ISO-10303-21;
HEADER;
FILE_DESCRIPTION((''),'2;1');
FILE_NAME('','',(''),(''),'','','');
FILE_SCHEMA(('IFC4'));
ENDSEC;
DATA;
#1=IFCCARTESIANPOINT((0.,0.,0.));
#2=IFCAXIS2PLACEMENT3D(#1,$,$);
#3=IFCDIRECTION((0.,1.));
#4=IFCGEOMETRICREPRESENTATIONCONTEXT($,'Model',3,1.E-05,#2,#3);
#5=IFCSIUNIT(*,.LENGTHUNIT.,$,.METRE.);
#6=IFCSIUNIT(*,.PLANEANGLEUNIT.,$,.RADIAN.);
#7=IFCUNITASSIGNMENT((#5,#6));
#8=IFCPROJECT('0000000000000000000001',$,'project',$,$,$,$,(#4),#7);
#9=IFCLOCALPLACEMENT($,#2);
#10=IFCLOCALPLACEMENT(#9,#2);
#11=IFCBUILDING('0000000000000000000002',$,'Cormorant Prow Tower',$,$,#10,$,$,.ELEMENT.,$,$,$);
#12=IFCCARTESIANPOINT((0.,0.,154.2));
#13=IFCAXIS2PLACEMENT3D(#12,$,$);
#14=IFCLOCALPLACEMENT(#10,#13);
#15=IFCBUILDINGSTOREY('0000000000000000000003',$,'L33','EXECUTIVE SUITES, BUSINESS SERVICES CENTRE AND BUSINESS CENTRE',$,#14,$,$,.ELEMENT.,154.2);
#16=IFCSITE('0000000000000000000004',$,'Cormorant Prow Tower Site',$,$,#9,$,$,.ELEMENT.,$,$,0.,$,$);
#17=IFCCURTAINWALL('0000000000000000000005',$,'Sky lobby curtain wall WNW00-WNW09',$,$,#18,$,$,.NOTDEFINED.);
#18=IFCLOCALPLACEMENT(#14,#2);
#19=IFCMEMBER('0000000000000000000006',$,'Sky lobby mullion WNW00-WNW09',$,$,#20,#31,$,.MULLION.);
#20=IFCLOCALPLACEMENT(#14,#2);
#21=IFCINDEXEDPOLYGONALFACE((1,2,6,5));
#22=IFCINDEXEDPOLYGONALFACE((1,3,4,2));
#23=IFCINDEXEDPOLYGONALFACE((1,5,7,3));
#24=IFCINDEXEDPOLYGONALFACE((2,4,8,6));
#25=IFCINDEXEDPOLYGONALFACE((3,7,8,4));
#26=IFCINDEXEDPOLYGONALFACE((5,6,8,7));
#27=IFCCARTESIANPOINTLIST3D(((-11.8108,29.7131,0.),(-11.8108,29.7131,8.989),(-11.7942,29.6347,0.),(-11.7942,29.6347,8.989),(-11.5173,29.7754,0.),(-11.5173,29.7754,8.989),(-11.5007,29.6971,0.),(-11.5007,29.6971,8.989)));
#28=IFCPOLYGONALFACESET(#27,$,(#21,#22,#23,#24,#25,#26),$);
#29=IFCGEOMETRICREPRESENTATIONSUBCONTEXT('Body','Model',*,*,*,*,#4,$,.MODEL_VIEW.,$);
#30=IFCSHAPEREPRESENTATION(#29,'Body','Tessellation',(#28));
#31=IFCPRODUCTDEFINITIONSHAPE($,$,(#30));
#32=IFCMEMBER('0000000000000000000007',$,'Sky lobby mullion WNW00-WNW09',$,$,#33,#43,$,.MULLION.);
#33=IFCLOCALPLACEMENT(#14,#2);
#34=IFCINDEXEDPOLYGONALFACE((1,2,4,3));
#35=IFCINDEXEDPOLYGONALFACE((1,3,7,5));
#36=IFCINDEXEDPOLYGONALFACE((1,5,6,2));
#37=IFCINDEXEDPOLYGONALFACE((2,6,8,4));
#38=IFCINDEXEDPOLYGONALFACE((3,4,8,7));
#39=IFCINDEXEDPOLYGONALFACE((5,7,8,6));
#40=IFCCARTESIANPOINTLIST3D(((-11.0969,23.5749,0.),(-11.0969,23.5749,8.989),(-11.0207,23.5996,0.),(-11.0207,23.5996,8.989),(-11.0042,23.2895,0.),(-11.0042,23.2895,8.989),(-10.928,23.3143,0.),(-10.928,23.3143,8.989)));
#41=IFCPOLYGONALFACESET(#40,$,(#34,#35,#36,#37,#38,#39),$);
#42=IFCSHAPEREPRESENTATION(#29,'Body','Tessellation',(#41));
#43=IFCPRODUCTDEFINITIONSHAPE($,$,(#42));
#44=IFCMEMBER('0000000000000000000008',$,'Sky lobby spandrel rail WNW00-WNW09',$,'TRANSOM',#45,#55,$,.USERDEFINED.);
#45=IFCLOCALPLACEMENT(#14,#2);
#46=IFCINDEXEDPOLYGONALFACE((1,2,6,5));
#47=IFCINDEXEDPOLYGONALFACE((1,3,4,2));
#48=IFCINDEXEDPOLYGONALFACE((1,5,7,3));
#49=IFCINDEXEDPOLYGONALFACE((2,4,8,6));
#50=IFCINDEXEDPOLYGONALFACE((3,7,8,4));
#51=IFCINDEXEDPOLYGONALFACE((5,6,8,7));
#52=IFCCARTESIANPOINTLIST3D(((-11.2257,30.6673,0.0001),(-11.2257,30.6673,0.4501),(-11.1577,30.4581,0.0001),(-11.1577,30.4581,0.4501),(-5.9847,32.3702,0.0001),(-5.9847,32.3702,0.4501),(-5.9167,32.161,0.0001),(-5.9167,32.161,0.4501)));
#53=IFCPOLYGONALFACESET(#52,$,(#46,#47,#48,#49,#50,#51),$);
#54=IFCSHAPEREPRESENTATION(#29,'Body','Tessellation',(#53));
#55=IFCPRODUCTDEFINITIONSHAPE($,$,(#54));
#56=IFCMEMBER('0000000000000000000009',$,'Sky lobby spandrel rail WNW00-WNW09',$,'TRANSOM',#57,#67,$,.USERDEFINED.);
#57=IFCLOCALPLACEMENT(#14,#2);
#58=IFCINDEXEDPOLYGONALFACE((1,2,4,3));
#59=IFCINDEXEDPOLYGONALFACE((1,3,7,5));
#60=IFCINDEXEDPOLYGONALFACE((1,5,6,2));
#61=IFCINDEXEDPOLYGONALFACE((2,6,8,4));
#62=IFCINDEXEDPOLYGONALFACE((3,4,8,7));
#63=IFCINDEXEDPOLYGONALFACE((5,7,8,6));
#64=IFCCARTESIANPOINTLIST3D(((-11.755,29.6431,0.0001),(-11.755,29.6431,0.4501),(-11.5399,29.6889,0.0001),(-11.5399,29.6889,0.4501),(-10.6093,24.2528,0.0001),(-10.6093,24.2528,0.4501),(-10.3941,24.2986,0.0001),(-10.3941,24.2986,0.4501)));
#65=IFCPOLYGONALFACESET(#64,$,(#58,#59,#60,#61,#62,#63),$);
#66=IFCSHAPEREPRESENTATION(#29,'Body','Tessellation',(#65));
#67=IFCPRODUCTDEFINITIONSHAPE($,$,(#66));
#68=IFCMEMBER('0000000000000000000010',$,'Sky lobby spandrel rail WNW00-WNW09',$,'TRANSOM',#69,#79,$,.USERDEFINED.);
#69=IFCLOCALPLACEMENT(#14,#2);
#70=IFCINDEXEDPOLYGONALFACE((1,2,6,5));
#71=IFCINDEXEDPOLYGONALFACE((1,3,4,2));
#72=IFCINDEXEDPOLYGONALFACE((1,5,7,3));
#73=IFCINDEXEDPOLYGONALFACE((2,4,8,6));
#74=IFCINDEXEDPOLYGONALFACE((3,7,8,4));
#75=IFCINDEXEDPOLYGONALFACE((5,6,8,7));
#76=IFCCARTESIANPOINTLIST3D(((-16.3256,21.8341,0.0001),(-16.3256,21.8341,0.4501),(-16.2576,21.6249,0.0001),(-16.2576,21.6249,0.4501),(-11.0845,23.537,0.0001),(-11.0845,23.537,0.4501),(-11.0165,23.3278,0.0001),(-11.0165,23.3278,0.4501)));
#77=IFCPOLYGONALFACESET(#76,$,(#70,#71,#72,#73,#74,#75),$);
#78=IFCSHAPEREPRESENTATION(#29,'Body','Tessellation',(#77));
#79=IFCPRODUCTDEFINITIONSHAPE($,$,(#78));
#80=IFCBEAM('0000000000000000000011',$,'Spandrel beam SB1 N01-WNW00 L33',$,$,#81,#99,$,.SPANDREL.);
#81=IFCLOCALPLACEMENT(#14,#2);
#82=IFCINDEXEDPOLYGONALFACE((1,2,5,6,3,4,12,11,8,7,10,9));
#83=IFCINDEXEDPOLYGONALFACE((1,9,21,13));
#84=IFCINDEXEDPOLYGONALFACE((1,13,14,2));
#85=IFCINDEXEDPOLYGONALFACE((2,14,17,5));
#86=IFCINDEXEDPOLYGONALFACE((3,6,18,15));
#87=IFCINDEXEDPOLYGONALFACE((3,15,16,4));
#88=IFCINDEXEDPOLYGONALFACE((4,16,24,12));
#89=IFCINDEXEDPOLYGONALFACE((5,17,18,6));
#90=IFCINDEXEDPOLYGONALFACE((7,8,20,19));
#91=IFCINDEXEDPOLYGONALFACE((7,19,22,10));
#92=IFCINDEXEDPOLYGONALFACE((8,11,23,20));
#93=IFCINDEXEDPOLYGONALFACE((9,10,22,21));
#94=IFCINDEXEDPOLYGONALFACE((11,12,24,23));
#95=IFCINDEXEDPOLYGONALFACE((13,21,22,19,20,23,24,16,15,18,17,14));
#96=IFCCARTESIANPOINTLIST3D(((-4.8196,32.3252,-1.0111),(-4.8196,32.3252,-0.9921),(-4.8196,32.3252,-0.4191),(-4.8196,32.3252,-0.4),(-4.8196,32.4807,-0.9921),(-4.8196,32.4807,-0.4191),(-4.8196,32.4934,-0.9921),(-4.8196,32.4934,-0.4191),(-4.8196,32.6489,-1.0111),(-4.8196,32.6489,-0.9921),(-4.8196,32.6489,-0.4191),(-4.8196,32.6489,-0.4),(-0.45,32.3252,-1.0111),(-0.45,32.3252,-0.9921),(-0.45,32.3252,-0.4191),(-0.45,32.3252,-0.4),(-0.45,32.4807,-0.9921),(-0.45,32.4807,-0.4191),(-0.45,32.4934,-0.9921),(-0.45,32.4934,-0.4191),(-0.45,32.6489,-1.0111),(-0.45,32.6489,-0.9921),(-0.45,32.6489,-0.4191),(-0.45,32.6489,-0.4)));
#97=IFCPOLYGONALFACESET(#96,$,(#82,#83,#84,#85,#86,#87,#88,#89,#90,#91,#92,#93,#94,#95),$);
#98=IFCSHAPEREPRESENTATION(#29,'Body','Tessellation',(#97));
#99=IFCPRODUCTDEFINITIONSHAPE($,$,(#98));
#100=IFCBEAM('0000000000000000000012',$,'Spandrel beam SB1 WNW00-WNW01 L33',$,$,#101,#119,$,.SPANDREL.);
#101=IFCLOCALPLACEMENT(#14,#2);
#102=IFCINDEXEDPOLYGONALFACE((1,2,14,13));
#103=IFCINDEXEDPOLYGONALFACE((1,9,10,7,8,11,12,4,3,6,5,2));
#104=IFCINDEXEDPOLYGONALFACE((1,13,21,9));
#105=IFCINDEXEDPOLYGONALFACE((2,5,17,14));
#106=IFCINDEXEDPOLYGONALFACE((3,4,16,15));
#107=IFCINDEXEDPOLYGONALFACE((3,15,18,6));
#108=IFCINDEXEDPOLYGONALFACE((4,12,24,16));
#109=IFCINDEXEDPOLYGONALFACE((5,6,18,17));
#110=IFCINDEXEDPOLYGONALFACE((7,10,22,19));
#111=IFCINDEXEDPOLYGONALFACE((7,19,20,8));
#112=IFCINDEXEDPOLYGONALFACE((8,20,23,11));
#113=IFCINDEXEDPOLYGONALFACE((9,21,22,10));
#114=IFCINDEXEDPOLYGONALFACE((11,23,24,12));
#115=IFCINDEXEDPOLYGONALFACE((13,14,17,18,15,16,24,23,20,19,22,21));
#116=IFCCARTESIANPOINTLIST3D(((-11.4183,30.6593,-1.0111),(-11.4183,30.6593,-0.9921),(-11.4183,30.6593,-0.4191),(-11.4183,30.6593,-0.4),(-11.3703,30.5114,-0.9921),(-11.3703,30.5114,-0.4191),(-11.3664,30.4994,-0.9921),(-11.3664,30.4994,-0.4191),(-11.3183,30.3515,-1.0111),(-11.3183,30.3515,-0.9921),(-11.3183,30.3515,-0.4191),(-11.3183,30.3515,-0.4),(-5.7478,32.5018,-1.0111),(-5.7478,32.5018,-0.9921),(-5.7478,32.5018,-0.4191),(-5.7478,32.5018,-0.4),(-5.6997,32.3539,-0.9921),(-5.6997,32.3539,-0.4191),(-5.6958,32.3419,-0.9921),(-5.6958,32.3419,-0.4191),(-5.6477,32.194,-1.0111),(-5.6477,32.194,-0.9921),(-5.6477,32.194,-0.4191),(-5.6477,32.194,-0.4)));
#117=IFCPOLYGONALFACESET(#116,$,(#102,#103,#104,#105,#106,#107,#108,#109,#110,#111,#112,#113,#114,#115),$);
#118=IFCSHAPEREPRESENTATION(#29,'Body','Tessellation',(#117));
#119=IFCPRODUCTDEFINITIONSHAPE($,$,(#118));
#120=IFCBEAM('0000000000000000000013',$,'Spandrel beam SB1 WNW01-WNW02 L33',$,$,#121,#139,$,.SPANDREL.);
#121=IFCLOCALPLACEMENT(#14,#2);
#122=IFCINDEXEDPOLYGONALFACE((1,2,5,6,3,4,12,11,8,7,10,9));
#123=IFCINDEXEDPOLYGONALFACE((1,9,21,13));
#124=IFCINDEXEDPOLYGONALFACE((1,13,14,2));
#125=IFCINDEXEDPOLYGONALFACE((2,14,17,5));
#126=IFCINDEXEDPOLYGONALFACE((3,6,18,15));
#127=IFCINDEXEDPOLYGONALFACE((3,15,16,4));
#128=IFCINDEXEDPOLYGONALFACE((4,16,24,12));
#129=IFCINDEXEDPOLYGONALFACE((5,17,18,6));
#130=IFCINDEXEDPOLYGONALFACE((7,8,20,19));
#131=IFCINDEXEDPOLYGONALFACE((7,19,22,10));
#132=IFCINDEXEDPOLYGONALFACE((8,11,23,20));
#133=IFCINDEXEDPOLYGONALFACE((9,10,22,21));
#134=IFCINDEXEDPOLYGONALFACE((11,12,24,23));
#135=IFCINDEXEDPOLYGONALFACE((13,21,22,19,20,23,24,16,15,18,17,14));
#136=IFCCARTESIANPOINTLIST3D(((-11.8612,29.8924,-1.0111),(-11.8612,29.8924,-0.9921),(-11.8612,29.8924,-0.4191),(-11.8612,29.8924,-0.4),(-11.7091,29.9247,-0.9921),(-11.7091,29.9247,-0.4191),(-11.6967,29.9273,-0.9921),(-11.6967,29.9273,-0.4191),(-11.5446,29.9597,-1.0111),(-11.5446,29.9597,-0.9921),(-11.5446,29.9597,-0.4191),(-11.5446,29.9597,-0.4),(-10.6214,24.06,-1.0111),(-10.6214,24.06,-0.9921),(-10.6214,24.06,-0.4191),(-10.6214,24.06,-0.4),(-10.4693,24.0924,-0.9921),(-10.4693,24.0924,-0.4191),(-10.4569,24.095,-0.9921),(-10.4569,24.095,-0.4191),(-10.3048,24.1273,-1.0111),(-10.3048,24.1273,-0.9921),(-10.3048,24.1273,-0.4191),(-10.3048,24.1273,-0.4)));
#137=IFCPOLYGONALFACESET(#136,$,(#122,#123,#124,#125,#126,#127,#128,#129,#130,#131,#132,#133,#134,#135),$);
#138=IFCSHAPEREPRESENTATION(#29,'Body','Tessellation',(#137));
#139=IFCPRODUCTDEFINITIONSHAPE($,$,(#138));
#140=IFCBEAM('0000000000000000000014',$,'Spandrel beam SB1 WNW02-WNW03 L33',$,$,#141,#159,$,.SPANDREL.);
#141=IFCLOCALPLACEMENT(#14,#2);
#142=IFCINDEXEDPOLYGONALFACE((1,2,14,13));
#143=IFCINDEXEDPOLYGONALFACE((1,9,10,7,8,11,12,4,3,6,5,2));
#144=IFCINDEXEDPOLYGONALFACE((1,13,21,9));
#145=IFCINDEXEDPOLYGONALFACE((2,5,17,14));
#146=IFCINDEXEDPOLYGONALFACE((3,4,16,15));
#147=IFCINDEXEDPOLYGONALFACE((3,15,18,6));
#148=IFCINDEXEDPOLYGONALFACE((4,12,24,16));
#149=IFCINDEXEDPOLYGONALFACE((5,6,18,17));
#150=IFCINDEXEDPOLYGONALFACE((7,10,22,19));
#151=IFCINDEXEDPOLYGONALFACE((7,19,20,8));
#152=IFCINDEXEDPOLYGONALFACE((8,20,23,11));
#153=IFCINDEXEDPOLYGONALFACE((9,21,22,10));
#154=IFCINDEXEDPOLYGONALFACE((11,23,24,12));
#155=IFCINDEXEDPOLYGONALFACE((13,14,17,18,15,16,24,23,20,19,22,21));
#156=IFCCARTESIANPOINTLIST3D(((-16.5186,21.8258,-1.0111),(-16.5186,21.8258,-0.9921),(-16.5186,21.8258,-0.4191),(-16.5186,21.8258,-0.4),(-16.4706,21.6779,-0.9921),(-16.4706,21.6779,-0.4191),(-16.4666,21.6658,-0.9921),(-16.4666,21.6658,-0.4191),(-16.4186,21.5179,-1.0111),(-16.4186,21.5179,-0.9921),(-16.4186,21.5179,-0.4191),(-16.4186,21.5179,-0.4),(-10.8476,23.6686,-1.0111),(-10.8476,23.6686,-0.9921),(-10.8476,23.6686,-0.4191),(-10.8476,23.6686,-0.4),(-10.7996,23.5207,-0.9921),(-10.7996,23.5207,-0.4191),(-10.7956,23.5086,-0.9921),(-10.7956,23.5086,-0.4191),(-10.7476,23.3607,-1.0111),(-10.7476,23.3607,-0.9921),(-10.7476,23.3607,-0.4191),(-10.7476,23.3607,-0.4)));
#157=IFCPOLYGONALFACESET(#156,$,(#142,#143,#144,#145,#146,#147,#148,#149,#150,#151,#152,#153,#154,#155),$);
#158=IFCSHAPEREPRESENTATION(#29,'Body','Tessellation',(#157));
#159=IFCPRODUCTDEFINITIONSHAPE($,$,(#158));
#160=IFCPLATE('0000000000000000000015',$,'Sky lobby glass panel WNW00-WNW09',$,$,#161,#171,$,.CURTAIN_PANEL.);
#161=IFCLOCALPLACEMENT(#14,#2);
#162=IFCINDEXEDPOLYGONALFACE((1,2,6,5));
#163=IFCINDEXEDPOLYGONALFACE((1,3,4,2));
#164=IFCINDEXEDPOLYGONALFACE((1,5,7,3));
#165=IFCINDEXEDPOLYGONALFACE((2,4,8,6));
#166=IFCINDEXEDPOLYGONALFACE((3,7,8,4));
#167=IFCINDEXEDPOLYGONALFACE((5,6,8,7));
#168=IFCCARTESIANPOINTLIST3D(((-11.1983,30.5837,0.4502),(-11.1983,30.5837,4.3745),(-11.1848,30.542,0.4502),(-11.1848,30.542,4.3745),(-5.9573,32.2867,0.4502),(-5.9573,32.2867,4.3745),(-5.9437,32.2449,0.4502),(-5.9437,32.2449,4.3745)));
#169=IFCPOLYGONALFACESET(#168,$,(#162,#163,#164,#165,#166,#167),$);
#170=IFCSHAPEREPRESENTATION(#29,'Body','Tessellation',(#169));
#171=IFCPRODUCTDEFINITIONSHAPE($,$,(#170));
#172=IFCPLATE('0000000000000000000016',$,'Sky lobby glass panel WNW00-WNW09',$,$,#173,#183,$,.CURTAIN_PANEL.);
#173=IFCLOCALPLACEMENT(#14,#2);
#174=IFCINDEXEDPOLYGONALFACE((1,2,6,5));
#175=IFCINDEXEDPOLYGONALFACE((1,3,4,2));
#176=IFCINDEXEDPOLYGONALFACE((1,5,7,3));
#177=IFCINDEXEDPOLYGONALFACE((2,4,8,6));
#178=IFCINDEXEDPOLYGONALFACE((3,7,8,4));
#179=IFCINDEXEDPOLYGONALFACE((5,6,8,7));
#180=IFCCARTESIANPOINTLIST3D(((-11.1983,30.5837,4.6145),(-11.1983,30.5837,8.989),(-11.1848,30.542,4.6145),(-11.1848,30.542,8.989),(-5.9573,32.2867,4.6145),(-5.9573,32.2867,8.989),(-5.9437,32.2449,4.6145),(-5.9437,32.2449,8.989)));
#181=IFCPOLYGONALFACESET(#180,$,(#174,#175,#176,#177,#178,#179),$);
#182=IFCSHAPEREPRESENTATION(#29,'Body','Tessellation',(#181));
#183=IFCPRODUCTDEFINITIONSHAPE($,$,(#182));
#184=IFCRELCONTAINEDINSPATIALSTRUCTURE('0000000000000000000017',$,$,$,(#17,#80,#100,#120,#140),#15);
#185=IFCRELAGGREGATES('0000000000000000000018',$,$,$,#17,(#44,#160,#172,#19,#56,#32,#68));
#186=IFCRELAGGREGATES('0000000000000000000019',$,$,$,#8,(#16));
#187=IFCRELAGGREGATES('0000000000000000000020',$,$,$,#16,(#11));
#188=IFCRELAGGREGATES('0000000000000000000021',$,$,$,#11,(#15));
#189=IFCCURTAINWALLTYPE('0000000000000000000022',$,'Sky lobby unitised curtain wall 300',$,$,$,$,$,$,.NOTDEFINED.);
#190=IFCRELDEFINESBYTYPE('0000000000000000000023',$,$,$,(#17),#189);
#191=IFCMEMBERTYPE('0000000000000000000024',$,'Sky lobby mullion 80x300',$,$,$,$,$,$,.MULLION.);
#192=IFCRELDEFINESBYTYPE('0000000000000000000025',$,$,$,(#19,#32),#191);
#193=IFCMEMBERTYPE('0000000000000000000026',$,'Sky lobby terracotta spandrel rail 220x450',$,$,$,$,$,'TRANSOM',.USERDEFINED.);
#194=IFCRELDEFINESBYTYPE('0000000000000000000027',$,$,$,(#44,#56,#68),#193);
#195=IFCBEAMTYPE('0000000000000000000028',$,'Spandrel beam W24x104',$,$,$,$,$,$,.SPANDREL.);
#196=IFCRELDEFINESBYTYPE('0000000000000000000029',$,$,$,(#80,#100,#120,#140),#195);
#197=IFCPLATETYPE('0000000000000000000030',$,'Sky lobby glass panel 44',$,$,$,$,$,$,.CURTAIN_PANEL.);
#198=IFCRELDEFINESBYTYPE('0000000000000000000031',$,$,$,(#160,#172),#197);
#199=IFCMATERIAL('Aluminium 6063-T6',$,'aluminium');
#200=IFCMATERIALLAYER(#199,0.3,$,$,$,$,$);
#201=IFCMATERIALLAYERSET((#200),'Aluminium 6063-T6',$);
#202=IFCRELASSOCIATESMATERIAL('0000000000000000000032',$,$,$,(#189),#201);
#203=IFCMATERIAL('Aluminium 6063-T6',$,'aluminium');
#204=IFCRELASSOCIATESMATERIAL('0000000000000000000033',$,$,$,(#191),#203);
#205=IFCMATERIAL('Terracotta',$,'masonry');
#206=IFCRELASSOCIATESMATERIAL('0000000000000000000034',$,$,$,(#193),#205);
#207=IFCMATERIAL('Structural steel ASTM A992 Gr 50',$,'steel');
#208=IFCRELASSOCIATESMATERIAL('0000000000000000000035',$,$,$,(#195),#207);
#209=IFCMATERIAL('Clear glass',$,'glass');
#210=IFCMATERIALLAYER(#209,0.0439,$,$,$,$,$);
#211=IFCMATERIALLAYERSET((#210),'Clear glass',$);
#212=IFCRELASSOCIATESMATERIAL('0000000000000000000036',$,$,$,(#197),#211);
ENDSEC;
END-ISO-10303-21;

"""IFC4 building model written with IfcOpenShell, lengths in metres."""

from ifc_helpers import new_model, si_unit, direction, frame, origin, origin_2d, place, context, subcontext, project, spatial, rectangle, i_section, extrude, material, layer, layer_set, material_profile, profile_set, type_object, element, aggregate, save


model = new_model("IFC4")

# Units and contexts
model_context = context("Model", 3, precision=1e-05, world=origin(), true_north=direction((0.0, 1.0)))
body_context = subcontext(model_context, "Body", "Model", "MODEL_VIEW")
ifc_project = project(units=[si_unit("LENGTHUNIT", "METRE"), si_unit("PLANEANGLEUNIT", "RADIAN")], contexts=[model_context])

# Site, building, storey
site_placement = place(None, origin())
site = spatial("IfcSite", under=ifc_project, at=site_placement, Name="Cormorant Prow Tower Site", CompositionType="ELEMENT", RefElevation=0.0)
building_placement = place(site_placement, origin())
building = spatial("IfcBuilding", under=site, at=building_placement, Name="Cormorant Prow Tower", CompositionType="ELEMENT")
storey_placement = place(building_placement, frame((0.0, 0.0, 154.2)))
storey = spatial("IfcBuildingStorey", under=building, at=storey_placement, Name="L33", Description="EXECUTIVE SUITES, BUSINESS SERVICES CENTRE AND BUSINESS CENTRE", CompositionType="ELEMENT", Elevation=154.2)

# Curtain wall, members
ifc_material_1 = material(Name="Aluminium 6063-T6", Category="aluminium")
ifc_layer_1 = layer(ifc_material_1, 0.3)
ifc_layer_set_1 = layer_set([ifc_layer_1], Name="Aluminium 6063-T6")
curtain_wall_type = type_object("IfcCurtainWallType", Name="Sky lobby unitised curtain wall 300", PredefinedType="NOTDEFINED", material=ifc_layer_set_1)
curtain_wall_placement = place(storey_placement, origin())
curtain_wall = element("IfcCurtainWall", 1, at=curtain_wall_placement, inside=storey, type_object=curtain_wall_type, Name="Sky lobby curtain wall WNW00-WNW09", PredefinedType="NOTDEFINED")
ifc_material_2 = material(Name="Aluminium 6063-T6", Category="aluminium")
ifc_material_profile_1 = material_profile(ifc_material_2, rectangle(XDim=0.3, YDim=0.0801, at=origin_2d()), Name="Sky lobby mullion 80x300")
ifc_profile_set_1 = profile_set([ifc_material_profile_1], Name="Aluminium 6063-T6")
member_type_1 = type_object("IfcMemberType", Name="Sky lobby mullion 80x300", PredefinedType="MULLION", material=ifc_profile_set_1)
member_1_placement = place(storey_placement, frame((-11.6558, 29.7051, 0.0), z_axis=(0.0, 0.0, 1.0), x_axis=(0.978148, 0.207912, 0.0)))
member_1 = element("IfcMember", 2, at=member_1_placement, type_object=member_type_1, Name="Sky lobby mullion WNW00-WNW09", PredefinedType="MULLION", context=body_context, shape_type="SweptSolid", body=[
    extrude(rectangle(XDim=0.3, YDim=0.0801, at=origin_2d()), origin(), (0.0, 0.0, 1.0), 8.989),
])
member_2_placement = place(storey_placement, frame((-11.0125, 23.4446, 0.0), z_axis=(0.0, 0.0, 1.0), x_axis=(0.309017, -0.951056, 0.0)))
member_2 = element("IfcMember", 3, at=member_2_placement, type_object=member_type_1, Name="Sky lobby mullion WNW00-WNW09", PredefinedType="MULLION", context=body_context, shape_type="SweptSolid", body=[
    extrude(rectangle(XDim=0.3, YDim=0.0801, at=origin_2d()), origin(), (0.0, 0.0, 1.0), 8.989),
])
ifc_material_3 = material(Name="Terracotta", Category="masonry")
ifc_material_profile_2 = material_profile(ifc_material_3, rectangle(XDim=0.22, YDim=0.45, at=origin_2d()), Name="Sky lobby terracotta spandrel rail 220x450")
ifc_profile_set_2 = profile_set([ifc_material_profile_2], Name="Terracotta")
member_type_2 = type_object("IfcMemberType", Name="Sky lobby terracotta spandrel rail 220x450", ElementType="TRANSOM", PredefinedType="USERDEFINED", material=ifc_profile_set_2)
member_3_placement = place(storey_placement, frame((-5.9507, 32.2656, 0.2251), z_axis=(-0.951057, -0.309015, 0.0), x_axis=(0.309015, -0.951057, 0.0)))
member_3 = element("IfcMember", 4, at=member_3_placement, type_object=member_type_2, Name="Sky lobby spandrel rail WNW00-WNW09", ObjectType="TRANSOM", PredefinedType="USERDEFINED", context=body_context, shape_type="SweptSolid", body=[
    extrude(rectangle(XDim=0.22, YDim=0.45, at=origin_2d()), origin(), (0.0, 0.0, 1.0), 5.5107),
])
member_4_placement = place(storey_placement, frame((-11.6475, 29.666, 0.2251), z_axis=(0.20791, -0.978148, 0.0), x_axis=(0.978148, 0.20791, 0.0)))
member_4 = element("IfcMember", 5, at=member_4_placement, type_object=member_type_2, Name="Sky lobby spandrel rail WNW00-WNW09", ObjectType="TRANSOM", PredefinedType="USERDEFINED", context=body_context, shape_type="SweptSolid", body=[
    extrude(rectangle(XDim=0.22, YDim=0.45, at=origin_2d()), origin(), (0.0, 0.0, 1.0), 5.5107),
])
member_5_placement = place(storey_placement, frame((-11.0505, 23.4324, 0.2251), z_axis=(-0.951057, -0.309015, 0.0), x_axis=(0.309015, -0.951057, 0.0)))
member_5 = element("IfcMember", 6, at=member_5_placement, type_object=member_type_2, Name="Sky lobby spandrel rail WNW00-WNW09", ObjectType="TRANSOM", PredefinedType="USERDEFINED", context=body_context, shape_type="SweptSolid", body=[
    extrude(rectangle(XDim=0.22, YDim=0.45, at=origin_2d()), origin(), (0.0, 0.0, 1.0), 5.5107),
])

# Beams
ifc_material_4 = material(Name="Structural steel ASTM A992 Gr 50", Category="steel")
ifc_material_profile_3 = material_profile(ifc_material_4, i_section(OverallWidth=0.3237, OverallDepth=0.6111, WebThickness=0.0127, FlangeThickness=0.019, at=origin_2d()), Name="W24x104")
ifc_profile_set_3 = profile_set([ifc_material_profile_3], Name="Structural steel ASTM A992 Gr 50")
beam_type_1 = type_object("IfcBeamType", Name="Spandrel beam W24x104", PredefinedType="SPANDREL", material=ifc_profile_set_3)
beam_1_placement = place(storey_placement, frame((-0.45, 32.4871, -0.7056), z_axis=(-1.0, 0.0, 0.0), x_axis=(0.0, -1.0, 0.0)))
element("IfcBeam", 7, at=beam_1_placement, inside=storey, type_object=beam_type_1, Name="Spandrel beam SB1 N01-WNW00 L33", PredefinedType="SPANDREL", context=body_context, shape_type="SweptSolid", body=[
    extrude(i_section(OverallWidth=0.3237, OverallDepth=0.6111, WebThickness=0.0127, FlangeThickness=0.019, at=origin_2d()), origin(), (0.0, 0.0, 1.0), 4.3696),
])
beam_2_placement = place(storey_placement, frame((-5.6978, 32.3479, -0.7056), z_axis=(-0.951055, -0.30902, 0.0), x_axis=(0.30902, -0.951055, 0.0)))
element("IfcBeam", 8, at=beam_2_placement, inside=storey, type_object=beam_type_1, Name="Spandrel beam SB1 WNW00-WNW01 L33", PredefinedType="SPANDREL", context=body_context, shape_type="SweptSolid", body=[
    extrude(i_section(OverallWidth=0.3237, OverallDepth=0.6111, WebThickness=0.0127, FlangeThickness=0.019, at=origin_2d()), origin(), (0.0, 0.0, 1.0), 5.9624),
])
beam_3_placement = place(storey_placement, frame((-11.7029, 29.926, -0.7056), z_axis=(0.207921, -0.978146, 0.0), x_axis=(0.978146, 0.207921, 0.0)))
element("IfcBeam", 9, at=beam_3_placement, inside=storey, type_object=beam_type_1, Name="Spandrel beam SB1 WNW01-WNW02 L33", PredefinedType="SPANDREL", context=body_context, shape_type="SweptSolid", body=[
    extrude(i_section(OverallWidth=0.3237, OverallDepth=0.6111, WebThickness=0.0127, FlangeThickness=0.019, at=origin_2d()), origin(), (0.0, 0.0, 1.0), 5.9626),
])
beam_4_placement = place(storey_placement, frame((-10.7976, 23.5146, -0.7056), z_axis=(-0.951047, -0.309045, 0.0), x_axis=(0.309045, -0.951047, 0.0)))
element("IfcBeam", 10, at=beam_4_placement, inside=storey, type_object=beam_type_1, Name="Spandrel beam SB1 WNW02-WNW03 L33", PredefinedType="SPANDREL", context=body_context, shape_type="SweptSolid", body=[
    extrude(i_section(OverallWidth=0.3237, OverallDepth=0.6111, WebThickness=0.0127, FlangeThickness=0.019, at=origin_2d()), origin(), (0.0, 0.0, 1.0), 5.9629),
])

# Plates
ifc_material_5 = material(Name="Clear glass", Category="glass")
ifc_layer_2 = layer(ifc_material_5, 0.0439)
ifc_layer_set_2 = layer_set([ifc_layer_2], Name="Clear glass")
plate_type = type_object("IfcPlateType", Name="Sky lobby glass panel 44", PredefinedType="CURTAIN_PANEL", material=ifc_layer_set_2)
plate_1_placement = place(storey_placement, frame((-8.571, 31.4143, 0.4502), z_axis=(0.0, 0.0, 1.0), x_axis=(-0.951056, -0.309017, 0.0)))
plate_1 = element("IfcPlate", 11, at=plate_1_placement, type_object=plate_type, Name="Sky lobby glass panel WNW00-WNW09", PredefinedType="CURTAIN_PANEL", context=body_context, shape_type="SweptSolid", body=[
    extrude(rectangle(XDim=5.5107, YDim=0.0439, at=origin_2d()), origin(), (0.0, 0.0, 1.0), 3.9243),
])
plate_2_placement = place(storey_placement, frame((-8.571, 31.4143, 4.6145), z_axis=(0.0, 0.0, 1.0), x_axis=(-0.951056, -0.309017, 0.0)))
plate_2 = element("IfcPlate", 12, at=plate_2_placement, type_object=plate_type, Name="Sky lobby glass panel WNW00-WNW09", PredefinedType="CURTAIN_PANEL", context=body_context, shape_type="SweptSolid", body=[
    extrude(rectangle(XDim=5.5107, YDim=0.0439, at=origin_2d()), origin(), (0.0, 0.0, 1.0), 4.3745),
])
aggregate(curtain_wall, [member_3, plate_1, plate_2, member_1, member_4, member_2, member_5])

save(model, "model.ifc")
